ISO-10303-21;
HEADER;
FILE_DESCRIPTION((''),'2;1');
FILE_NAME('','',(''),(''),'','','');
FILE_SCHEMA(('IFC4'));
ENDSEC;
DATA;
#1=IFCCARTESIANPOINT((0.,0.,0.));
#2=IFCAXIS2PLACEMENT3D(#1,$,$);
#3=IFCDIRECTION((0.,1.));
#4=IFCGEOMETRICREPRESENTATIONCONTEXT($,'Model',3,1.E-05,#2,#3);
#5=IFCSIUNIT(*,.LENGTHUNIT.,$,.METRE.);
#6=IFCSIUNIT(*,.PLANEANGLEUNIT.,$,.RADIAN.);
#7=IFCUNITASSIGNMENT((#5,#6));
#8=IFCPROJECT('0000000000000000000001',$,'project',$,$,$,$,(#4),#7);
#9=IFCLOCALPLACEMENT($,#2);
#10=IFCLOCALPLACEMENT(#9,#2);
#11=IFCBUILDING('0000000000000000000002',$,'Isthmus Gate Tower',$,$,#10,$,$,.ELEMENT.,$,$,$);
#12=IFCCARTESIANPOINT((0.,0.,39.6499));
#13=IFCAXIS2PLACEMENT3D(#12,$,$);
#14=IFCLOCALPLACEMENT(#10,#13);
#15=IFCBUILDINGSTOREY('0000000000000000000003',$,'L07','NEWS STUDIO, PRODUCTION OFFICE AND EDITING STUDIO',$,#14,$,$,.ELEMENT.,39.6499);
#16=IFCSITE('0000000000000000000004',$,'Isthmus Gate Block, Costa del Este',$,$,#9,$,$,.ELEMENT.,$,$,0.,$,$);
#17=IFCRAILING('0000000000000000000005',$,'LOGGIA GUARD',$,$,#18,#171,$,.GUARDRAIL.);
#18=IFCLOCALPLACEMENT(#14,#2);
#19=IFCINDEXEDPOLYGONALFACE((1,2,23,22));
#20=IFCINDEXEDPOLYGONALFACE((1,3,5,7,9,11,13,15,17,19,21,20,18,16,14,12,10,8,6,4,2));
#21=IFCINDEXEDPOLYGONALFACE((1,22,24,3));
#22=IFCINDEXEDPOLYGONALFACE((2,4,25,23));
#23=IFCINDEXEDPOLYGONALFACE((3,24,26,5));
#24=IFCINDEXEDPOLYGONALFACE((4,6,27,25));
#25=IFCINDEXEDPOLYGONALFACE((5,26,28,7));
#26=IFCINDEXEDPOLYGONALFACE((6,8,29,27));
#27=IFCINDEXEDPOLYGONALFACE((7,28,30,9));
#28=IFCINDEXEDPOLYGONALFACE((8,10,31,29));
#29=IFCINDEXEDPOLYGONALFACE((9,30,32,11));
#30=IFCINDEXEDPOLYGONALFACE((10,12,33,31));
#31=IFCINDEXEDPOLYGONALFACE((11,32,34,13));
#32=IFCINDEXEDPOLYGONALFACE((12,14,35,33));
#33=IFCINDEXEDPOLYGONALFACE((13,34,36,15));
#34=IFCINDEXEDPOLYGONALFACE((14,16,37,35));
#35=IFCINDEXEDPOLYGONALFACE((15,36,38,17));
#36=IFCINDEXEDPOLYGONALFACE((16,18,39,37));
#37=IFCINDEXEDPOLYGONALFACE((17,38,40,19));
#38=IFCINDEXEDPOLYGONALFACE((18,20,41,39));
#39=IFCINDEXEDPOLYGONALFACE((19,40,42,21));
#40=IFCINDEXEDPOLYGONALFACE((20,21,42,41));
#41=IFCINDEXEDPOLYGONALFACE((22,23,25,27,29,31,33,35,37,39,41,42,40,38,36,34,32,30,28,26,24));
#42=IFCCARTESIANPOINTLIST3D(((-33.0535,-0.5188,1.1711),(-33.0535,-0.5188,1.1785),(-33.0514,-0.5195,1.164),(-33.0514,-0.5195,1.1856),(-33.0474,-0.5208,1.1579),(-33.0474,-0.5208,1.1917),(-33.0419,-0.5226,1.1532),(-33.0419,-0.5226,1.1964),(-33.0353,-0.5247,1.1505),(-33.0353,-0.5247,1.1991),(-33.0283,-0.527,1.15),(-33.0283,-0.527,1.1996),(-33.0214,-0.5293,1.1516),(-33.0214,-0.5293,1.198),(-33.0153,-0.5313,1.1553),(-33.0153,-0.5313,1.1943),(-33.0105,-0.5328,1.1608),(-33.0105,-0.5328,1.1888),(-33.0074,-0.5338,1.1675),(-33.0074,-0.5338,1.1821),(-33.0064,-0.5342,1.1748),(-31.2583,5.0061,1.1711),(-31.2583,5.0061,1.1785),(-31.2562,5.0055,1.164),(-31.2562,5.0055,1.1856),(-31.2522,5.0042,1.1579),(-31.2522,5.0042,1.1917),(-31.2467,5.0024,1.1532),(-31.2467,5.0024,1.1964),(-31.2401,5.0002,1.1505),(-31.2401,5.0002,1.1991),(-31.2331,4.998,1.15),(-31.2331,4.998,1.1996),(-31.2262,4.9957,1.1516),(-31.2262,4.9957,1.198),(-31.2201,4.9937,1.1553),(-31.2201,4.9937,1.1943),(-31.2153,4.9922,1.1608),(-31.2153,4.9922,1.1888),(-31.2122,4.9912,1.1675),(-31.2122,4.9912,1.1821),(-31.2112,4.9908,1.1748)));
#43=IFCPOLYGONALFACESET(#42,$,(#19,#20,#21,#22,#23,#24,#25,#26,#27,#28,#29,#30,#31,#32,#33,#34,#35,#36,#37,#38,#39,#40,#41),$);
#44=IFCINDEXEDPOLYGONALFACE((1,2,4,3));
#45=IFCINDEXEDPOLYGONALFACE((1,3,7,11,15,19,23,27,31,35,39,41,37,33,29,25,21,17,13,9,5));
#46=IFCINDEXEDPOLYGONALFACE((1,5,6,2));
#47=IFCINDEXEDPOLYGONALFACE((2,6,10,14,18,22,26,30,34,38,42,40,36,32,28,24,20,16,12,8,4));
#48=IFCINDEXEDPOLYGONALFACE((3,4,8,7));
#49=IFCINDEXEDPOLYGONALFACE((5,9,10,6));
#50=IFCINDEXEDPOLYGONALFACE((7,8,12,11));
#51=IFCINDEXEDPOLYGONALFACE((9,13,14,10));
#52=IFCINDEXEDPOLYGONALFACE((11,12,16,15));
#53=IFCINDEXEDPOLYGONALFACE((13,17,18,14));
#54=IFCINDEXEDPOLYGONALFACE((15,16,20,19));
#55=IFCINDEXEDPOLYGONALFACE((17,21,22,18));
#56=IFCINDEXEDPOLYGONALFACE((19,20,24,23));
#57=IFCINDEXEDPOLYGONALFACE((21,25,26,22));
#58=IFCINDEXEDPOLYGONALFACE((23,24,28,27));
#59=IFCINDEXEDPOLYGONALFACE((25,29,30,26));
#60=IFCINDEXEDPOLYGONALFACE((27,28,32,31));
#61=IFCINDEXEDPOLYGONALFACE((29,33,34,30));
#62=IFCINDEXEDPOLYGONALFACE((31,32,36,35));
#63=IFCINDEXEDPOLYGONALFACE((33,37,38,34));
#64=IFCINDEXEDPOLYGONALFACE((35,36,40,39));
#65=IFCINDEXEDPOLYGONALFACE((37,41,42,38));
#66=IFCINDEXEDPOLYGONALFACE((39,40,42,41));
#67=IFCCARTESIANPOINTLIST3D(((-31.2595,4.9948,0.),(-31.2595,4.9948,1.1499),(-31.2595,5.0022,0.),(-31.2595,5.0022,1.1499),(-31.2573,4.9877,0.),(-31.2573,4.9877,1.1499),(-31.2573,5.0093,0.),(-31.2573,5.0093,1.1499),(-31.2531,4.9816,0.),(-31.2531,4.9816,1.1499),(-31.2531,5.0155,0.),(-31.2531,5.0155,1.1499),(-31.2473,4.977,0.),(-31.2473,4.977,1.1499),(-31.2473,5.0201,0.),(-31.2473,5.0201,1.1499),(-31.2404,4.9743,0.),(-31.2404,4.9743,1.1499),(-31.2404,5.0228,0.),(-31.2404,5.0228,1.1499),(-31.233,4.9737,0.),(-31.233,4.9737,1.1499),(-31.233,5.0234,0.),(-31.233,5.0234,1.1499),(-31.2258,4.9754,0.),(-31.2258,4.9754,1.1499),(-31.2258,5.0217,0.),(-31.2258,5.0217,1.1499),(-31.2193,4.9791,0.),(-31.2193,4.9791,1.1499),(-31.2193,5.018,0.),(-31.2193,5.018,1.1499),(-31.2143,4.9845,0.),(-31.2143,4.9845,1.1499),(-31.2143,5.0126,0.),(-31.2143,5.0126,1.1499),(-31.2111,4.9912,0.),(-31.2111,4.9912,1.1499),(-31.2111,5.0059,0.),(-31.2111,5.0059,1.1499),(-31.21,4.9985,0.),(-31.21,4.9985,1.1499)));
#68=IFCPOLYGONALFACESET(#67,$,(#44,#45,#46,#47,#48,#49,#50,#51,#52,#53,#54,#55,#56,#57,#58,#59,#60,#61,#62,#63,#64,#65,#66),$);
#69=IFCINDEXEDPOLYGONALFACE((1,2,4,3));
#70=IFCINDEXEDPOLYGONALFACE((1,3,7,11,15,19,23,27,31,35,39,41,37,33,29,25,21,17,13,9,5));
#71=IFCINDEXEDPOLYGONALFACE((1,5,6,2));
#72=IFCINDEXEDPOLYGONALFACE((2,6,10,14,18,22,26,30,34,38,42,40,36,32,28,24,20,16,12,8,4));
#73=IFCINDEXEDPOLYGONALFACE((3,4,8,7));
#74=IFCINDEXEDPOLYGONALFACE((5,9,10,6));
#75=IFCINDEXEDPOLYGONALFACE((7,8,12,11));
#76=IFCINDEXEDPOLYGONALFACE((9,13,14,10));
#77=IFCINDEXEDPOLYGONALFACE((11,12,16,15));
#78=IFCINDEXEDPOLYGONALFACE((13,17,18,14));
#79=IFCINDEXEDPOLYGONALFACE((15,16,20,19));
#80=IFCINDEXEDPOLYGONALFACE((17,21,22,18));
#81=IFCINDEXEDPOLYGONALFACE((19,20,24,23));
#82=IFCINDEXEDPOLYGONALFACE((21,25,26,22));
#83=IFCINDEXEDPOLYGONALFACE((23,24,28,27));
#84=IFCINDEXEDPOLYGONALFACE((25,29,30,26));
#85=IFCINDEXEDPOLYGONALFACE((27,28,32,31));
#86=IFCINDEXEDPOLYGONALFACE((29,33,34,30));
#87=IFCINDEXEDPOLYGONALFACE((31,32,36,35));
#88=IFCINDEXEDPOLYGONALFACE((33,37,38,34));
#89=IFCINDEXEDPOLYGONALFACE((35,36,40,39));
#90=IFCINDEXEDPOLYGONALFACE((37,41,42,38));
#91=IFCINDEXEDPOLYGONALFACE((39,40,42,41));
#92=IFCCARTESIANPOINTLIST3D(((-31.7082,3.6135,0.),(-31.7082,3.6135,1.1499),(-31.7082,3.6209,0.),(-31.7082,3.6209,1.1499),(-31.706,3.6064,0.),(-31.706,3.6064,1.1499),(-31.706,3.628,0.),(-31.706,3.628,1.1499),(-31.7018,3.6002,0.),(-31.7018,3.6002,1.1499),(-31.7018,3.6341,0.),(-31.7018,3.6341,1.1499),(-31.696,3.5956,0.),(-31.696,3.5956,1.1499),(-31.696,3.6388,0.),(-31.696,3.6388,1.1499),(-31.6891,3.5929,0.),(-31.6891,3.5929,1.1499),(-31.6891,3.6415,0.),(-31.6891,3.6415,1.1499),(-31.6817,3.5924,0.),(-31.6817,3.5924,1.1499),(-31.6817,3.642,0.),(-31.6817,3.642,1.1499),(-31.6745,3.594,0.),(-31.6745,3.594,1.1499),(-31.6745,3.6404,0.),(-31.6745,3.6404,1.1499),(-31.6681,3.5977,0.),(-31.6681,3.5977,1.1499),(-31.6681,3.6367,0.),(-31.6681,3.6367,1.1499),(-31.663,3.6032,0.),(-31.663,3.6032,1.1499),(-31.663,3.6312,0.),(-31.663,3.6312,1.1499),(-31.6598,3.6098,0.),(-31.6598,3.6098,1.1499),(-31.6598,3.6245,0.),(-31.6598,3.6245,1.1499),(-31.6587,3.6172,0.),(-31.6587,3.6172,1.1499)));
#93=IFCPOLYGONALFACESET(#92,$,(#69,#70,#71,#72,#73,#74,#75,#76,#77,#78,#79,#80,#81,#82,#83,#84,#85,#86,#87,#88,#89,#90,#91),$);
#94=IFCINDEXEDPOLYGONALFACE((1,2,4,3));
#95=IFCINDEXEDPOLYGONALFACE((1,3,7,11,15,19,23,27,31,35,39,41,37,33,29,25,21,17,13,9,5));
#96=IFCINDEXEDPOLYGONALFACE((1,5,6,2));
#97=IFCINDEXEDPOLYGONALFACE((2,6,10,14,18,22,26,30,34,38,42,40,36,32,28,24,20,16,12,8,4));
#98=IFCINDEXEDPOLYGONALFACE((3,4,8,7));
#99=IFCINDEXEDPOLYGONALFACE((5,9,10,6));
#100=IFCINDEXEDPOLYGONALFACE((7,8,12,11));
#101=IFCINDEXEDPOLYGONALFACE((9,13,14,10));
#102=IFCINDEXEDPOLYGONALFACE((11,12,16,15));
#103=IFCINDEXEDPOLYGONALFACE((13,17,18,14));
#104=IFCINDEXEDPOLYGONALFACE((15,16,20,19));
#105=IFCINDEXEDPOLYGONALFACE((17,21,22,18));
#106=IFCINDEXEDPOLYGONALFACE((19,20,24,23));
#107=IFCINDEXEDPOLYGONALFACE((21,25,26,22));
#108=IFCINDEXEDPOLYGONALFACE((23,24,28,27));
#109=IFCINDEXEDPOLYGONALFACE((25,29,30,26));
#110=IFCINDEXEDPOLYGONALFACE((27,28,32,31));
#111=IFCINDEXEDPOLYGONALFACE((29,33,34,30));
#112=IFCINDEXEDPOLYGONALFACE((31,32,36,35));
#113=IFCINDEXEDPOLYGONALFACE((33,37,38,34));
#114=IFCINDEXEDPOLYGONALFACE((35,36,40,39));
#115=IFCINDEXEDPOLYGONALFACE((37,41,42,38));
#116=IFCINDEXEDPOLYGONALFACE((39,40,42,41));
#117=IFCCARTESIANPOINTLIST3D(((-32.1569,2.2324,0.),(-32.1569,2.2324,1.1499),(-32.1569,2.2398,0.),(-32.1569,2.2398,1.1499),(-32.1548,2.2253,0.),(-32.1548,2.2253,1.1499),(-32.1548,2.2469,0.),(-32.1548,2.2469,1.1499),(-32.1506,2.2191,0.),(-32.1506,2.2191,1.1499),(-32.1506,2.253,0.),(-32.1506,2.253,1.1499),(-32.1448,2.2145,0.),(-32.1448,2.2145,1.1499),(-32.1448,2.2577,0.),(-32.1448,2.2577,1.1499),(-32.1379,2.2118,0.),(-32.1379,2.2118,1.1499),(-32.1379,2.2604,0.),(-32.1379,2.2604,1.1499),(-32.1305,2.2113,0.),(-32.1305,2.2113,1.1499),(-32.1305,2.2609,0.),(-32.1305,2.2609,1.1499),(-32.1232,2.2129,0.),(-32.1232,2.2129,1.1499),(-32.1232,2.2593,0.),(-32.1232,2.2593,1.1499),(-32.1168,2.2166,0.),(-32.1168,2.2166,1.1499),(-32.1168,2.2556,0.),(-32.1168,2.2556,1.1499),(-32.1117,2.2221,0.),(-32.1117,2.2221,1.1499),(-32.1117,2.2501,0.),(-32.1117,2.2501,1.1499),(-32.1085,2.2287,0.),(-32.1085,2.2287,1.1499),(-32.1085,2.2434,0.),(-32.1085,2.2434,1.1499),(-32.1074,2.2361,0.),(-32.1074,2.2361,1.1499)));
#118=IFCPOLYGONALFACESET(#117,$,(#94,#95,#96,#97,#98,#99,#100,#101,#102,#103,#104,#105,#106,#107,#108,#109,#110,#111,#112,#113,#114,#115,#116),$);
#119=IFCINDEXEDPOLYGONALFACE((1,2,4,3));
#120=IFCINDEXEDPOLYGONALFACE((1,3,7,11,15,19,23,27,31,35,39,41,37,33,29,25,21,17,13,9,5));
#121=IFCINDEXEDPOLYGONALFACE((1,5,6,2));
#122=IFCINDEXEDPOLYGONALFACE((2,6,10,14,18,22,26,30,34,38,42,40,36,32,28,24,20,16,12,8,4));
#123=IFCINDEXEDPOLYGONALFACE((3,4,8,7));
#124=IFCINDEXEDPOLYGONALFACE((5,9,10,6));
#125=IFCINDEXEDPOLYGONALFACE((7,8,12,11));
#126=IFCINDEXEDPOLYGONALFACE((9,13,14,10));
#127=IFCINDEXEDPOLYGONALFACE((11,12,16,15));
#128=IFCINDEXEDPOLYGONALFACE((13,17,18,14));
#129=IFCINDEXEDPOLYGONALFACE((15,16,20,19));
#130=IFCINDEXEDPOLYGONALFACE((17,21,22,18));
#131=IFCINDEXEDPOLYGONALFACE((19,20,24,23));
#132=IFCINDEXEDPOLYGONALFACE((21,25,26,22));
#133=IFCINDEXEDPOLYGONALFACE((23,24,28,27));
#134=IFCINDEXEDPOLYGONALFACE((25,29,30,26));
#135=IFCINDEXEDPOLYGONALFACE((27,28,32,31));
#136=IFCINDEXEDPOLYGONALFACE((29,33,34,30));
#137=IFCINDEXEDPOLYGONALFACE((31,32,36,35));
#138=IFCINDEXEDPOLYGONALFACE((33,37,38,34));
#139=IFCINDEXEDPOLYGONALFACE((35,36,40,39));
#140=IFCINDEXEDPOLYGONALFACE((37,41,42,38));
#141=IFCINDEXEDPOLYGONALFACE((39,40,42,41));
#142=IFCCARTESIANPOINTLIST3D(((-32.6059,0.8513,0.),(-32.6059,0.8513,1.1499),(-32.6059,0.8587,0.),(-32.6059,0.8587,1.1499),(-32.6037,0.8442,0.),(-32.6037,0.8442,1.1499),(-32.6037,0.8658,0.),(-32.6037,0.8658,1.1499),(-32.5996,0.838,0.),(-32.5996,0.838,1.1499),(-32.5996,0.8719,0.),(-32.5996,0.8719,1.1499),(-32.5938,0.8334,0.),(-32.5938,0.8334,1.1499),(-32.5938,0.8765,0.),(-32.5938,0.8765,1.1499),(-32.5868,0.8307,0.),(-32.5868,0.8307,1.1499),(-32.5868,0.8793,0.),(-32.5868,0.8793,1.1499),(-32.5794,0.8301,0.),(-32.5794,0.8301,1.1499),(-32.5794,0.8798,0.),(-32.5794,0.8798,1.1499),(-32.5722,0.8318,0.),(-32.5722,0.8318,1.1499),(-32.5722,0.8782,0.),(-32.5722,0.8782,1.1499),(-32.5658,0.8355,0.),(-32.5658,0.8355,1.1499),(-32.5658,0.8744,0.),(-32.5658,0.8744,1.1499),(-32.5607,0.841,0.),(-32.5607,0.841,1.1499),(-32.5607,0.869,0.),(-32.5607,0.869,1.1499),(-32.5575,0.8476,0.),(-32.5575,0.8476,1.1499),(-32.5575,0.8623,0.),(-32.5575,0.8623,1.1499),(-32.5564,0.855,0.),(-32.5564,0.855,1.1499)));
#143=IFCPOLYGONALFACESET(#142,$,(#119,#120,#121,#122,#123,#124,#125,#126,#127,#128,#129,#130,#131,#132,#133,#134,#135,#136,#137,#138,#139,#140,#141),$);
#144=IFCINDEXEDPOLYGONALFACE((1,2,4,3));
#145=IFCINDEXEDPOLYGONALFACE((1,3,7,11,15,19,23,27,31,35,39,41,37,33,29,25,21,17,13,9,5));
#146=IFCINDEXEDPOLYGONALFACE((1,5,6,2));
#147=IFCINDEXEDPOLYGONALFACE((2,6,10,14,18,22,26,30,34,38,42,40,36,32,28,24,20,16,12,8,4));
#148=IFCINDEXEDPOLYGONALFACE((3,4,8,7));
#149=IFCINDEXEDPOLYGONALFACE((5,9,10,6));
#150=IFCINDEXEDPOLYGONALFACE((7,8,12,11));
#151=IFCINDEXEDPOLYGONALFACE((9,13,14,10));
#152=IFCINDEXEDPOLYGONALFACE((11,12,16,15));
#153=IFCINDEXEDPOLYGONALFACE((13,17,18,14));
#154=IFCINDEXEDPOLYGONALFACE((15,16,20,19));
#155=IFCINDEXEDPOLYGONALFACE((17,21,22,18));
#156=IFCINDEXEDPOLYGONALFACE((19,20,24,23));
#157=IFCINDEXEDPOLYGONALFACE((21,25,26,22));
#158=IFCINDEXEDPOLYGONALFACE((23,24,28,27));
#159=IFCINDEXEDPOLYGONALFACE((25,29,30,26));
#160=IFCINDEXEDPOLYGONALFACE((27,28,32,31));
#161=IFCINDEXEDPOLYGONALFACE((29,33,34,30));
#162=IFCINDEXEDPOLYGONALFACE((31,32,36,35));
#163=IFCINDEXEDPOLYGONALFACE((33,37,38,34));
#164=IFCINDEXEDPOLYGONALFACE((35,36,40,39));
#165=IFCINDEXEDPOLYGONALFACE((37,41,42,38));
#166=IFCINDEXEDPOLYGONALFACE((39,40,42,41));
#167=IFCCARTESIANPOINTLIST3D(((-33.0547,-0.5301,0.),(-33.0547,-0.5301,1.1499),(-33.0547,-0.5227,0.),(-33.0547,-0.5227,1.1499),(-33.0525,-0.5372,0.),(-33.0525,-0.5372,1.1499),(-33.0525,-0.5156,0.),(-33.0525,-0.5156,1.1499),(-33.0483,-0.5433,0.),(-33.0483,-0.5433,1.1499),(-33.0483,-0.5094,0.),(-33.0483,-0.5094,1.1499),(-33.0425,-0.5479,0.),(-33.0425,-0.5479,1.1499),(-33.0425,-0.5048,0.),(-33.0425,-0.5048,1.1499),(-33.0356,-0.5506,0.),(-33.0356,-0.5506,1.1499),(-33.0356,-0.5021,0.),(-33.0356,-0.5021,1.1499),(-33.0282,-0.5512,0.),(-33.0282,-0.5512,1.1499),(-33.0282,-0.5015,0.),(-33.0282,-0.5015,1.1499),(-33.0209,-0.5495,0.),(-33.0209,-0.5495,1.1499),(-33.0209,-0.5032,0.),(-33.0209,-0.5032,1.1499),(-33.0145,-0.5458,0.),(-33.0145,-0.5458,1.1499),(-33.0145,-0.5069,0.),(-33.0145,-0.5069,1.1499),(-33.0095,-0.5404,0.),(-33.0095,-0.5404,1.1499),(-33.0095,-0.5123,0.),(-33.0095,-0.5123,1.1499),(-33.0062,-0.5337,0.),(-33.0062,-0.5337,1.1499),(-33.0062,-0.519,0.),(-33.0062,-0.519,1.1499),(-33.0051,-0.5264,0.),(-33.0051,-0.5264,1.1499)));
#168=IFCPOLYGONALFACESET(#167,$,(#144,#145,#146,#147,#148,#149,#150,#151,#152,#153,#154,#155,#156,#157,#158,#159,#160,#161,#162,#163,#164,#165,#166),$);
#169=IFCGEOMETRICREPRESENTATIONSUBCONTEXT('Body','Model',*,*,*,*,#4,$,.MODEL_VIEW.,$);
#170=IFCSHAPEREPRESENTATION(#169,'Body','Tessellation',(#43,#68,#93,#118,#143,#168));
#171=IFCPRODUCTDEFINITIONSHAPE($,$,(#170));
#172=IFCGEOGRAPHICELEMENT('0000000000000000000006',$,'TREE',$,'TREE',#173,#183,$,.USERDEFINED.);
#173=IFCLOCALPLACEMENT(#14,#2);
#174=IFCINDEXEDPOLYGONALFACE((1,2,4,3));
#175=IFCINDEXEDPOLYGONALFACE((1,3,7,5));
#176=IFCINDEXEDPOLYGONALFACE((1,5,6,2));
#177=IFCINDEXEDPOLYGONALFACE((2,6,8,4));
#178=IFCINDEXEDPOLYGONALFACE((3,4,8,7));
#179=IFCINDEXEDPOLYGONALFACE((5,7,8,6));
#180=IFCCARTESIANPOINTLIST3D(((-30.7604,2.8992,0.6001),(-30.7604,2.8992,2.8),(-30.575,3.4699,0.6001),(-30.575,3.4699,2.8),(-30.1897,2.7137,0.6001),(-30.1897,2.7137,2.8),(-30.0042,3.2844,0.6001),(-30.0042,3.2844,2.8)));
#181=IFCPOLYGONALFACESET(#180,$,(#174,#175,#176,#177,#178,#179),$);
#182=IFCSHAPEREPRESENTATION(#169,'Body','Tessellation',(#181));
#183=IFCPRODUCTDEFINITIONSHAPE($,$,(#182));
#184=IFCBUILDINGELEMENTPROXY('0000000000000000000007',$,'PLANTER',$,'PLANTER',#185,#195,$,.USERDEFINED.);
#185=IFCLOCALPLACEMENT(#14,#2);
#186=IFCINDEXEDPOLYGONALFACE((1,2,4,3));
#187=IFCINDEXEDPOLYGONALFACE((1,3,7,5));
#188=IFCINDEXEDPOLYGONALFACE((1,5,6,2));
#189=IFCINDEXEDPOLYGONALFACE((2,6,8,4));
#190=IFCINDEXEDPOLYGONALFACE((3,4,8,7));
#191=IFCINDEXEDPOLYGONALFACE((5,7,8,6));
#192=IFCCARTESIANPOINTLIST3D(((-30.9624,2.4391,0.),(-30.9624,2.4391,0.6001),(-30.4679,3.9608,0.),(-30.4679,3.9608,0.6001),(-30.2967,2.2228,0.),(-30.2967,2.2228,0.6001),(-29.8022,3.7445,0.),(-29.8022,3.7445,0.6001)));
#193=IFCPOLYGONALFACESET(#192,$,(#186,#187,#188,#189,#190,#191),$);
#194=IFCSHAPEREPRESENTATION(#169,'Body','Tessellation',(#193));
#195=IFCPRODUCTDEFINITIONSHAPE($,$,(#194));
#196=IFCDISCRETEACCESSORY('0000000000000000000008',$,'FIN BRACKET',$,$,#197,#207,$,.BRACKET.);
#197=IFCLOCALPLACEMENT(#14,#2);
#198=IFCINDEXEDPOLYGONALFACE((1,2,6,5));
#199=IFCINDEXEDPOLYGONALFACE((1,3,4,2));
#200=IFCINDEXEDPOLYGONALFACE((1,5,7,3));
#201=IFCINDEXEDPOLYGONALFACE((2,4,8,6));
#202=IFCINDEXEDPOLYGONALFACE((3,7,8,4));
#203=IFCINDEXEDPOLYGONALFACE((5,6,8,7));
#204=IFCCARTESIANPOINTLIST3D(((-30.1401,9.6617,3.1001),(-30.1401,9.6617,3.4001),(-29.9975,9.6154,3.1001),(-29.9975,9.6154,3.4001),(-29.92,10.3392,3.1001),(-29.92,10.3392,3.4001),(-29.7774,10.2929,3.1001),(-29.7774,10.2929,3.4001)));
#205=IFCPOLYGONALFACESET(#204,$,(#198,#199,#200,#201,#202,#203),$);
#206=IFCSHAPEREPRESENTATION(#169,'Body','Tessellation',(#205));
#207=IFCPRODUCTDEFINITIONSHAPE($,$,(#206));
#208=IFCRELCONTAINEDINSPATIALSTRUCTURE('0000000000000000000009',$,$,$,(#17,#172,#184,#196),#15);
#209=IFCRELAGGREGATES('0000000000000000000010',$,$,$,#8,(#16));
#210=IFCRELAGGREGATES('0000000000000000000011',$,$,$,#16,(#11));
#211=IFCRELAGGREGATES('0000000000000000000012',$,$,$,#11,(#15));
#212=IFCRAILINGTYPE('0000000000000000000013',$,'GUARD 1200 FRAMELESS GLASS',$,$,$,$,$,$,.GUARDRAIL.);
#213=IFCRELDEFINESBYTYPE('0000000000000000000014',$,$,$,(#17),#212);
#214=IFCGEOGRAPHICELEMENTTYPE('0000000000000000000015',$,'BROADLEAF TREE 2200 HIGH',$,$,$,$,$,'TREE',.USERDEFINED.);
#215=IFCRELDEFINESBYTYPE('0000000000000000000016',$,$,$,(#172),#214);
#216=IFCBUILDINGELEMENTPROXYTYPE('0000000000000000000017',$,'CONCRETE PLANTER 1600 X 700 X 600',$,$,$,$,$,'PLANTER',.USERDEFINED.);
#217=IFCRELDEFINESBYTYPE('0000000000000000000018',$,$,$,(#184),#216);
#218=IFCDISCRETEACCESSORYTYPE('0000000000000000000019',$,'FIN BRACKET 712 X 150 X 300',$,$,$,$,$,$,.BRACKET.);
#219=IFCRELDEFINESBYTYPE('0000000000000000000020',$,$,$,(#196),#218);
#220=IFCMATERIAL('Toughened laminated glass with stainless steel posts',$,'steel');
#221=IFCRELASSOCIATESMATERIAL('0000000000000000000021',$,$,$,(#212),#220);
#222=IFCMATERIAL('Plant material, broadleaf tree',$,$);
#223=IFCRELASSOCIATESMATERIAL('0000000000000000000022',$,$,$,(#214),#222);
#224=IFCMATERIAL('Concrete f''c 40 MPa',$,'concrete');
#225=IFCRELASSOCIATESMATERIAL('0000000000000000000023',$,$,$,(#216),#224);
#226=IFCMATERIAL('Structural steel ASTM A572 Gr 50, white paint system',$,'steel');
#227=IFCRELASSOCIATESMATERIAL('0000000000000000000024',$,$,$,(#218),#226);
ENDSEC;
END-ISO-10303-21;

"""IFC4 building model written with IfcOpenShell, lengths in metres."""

from ifc_helpers import new_model, si_unit, direction, frame, origin, origin_2d, place, context, subcontext, project, spatial, rectangle, circle, extrude, material, type_object, element, save


model = new_model("IFC4")

# Units and contexts
model_context = context("Model", 3, precision=1e-05, world=origin(), true_north=direction((0.0, 1.0)))
body_context = subcontext(model_context, "Body", "Model", "MODEL_VIEW")
ifc_project = project(units=[si_unit("LENGTHUNIT", "METRE"), si_unit("PLANEANGLEUNIT", "RADIAN")], contexts=[model_context])

# Site, building, storey
site_placement = place(None, origin())
site = spatial("IfcSite", under=ifc_project, at=site_placement, Name="Isthmus Gate Block, Costa del Este", CompositionType="ELEMENT", RefElevation=0.0)
building_placement = place(site_placement, origin())
building = spatial("IfcBuilding", under=site, at=building_placement, Name="Isthmus Gate Tower", CompositionType="ELEMENT")
storey_placement = place(building_placement, frame((0.0, 0.0, 39.6499)))
storey = spatial("IfcBuildingStorey", under=building, at=storey_placement, Name="L07", Description="NEWS STUDIO, PRODUCTION OFFICE AND EDITING STUDIO", CompositionType="ELEMENT", Elevation=39.6499)

# Railing
ifc_material_1 = material(Name="Toughened laminated glass with stainless steel posts", Category="steel")
railing_type = type_object("IfcRailingType", Name="GUARD 1200 FRAMELESS GLASS", PredefinedType="GUARDRAIL", material=ifc_material_1)
railing_placement = place(storey_placement, frame((-31.2349, 4.9985, 0.0)))
element("IfcRailing", 1, at=railing_placement, inside=storey, type_object=railing_type, Name="LOGGIA GUARD", PredefinedType="GUARDRAIL", context=body_context, shape_type="SweptSolid", body=[
    extrude(circle(Radius=0.0249, at=origin_2d()), frame((0.0, 0.0, 1.1748), z_axis=(-0.30902, -0.951056, 0.0), x_axis=(0.951056, -0.30902, 0.0)), (0.0, 0.0, 1.0), 5.8093),
    extrude(circle(Radius=0.0249, at=origin_2d()), origin(), (0.0, 0.0, 1.0), 1.1499),
    extrude(circle(Radius=0.0249, at=origin_2d()), frame((-0.4487, -1.3813, 0.0)), (0.0, 0.0, 1.0), 1.1499),
    extrude(circle(Radius=0.0249, at=origin_2d()), frame((-0.8975, -2.7625, 0.0)), (0.0, 0.0, 1.0), 1.1499),
    extrude(circle(Radius=0.0249, at=origin_2d()), frame((-1.3464, -4.1436, 0.0)), (0.0, 0.0, 1.0), 1.1499),
    extrude(circle(Radius=0.0249, at=origin_2d()), frame((-1.7952, -5.5249, 0.0)), (0.0, 0.0, 1.0), 1.1499),
])

# Geographic element
ifc_material_2 = material(Name="Plant material, broadleaf tree")
geographic_element_type = type_object("IfcGeographicElementType", Name="BROADLEAF TREE 2200 HIGH", ElementType="TREE", PredefinedType="USERDEFINED", material=ifc_material_2)
geographic_element_placement = place(storey_placement, frame((-30.3823, 3.0918, 0.6001), z_axis=(0.0, 0.0, 1.0), x_axis=(-0.309017, -0.951057, 0.0)))
element("IfcGeographicElement", 2, at=geographic_element_placement, inside=storey, type_object=geographic_element_type, Name="TREE", ObjectType="TREE", PredefinedType="USERDEFINED", context=body_context, shape_type="SweptSolid", body=[
    extrude(rectangle(XDim=0.6001, YDim=0.6001, at=origin_2d()), origin(), (0.0, 0.0, 1.0), 2.2),
])

# Building element proxy
ifc_material_3 = material(Name="Concrete f'c 40 MPa", Category="concrete")
building_element_proxy_type = type_object("IfcBuildingElementProxyType", Name="CONCRETE PLANTER 1600 X 700 X 600", ElementType="PLANTER", PredefinedType="USERDEFINED", material=ifc_material_3)
proxy_placement = place(storey_placement, frame((-30.3823, 3.0918, 0.0), z_axis=(0.0, 0.0, 1.0), x_axis=(-0.309017, -0.951057, 0.0)))
element("IfcBuildingElementProxy", 3, at=proxy_placement, inside=storey, type_object=building_element_proxy_type, Name="PLANTER", ObjectType="PLANTER", PredefinedType="USERDEFINED", context=body_context, shape_type="SweptSolid", body=[
    extrude(rectangle(XDim=1.6001, YDim=0.7, at=origin_2d()), origin(), (0.0, 0.0, 1.0), 0.6001),
])

# Discrete accessory
ifc_material_4 = material(Name="Structural steel ASTM A572 Gr 50, white paint system", Category="steel")
discrete_accessory_type_1 = type_object("IfcDiscreteAccessoryType", Name="FIN BRACKET 712 X 150 X 300", PredefinedType="BRACKET", material=ifc_material_4)
for number, where, z_axis, x_axis, name in (
    (4, (-29.9587, 9.9773, 3.1001), (0.0, 0.0, 1.0), (-0.951057, 0.309017, 0.0), "FIN BRACKET"),
):
    element("IfcDiscreteAccessory", number, at=place(storey_placement, frame(where, z_axis=z_axis, x_axis=x_axis)), inside=storey, type_object=discrete_accessory_type_1, Name=name, PredefinedType="BRACKET", context=body_context, shape_type="SweptSolid", body=[
        extrude(rectangle(XDim=0.1499, YDim=0.7124, at=origin_2d()), origin(), (0.0, 0.0, 1.0), 0.3),
    ])

save(model, "model.ifc")
